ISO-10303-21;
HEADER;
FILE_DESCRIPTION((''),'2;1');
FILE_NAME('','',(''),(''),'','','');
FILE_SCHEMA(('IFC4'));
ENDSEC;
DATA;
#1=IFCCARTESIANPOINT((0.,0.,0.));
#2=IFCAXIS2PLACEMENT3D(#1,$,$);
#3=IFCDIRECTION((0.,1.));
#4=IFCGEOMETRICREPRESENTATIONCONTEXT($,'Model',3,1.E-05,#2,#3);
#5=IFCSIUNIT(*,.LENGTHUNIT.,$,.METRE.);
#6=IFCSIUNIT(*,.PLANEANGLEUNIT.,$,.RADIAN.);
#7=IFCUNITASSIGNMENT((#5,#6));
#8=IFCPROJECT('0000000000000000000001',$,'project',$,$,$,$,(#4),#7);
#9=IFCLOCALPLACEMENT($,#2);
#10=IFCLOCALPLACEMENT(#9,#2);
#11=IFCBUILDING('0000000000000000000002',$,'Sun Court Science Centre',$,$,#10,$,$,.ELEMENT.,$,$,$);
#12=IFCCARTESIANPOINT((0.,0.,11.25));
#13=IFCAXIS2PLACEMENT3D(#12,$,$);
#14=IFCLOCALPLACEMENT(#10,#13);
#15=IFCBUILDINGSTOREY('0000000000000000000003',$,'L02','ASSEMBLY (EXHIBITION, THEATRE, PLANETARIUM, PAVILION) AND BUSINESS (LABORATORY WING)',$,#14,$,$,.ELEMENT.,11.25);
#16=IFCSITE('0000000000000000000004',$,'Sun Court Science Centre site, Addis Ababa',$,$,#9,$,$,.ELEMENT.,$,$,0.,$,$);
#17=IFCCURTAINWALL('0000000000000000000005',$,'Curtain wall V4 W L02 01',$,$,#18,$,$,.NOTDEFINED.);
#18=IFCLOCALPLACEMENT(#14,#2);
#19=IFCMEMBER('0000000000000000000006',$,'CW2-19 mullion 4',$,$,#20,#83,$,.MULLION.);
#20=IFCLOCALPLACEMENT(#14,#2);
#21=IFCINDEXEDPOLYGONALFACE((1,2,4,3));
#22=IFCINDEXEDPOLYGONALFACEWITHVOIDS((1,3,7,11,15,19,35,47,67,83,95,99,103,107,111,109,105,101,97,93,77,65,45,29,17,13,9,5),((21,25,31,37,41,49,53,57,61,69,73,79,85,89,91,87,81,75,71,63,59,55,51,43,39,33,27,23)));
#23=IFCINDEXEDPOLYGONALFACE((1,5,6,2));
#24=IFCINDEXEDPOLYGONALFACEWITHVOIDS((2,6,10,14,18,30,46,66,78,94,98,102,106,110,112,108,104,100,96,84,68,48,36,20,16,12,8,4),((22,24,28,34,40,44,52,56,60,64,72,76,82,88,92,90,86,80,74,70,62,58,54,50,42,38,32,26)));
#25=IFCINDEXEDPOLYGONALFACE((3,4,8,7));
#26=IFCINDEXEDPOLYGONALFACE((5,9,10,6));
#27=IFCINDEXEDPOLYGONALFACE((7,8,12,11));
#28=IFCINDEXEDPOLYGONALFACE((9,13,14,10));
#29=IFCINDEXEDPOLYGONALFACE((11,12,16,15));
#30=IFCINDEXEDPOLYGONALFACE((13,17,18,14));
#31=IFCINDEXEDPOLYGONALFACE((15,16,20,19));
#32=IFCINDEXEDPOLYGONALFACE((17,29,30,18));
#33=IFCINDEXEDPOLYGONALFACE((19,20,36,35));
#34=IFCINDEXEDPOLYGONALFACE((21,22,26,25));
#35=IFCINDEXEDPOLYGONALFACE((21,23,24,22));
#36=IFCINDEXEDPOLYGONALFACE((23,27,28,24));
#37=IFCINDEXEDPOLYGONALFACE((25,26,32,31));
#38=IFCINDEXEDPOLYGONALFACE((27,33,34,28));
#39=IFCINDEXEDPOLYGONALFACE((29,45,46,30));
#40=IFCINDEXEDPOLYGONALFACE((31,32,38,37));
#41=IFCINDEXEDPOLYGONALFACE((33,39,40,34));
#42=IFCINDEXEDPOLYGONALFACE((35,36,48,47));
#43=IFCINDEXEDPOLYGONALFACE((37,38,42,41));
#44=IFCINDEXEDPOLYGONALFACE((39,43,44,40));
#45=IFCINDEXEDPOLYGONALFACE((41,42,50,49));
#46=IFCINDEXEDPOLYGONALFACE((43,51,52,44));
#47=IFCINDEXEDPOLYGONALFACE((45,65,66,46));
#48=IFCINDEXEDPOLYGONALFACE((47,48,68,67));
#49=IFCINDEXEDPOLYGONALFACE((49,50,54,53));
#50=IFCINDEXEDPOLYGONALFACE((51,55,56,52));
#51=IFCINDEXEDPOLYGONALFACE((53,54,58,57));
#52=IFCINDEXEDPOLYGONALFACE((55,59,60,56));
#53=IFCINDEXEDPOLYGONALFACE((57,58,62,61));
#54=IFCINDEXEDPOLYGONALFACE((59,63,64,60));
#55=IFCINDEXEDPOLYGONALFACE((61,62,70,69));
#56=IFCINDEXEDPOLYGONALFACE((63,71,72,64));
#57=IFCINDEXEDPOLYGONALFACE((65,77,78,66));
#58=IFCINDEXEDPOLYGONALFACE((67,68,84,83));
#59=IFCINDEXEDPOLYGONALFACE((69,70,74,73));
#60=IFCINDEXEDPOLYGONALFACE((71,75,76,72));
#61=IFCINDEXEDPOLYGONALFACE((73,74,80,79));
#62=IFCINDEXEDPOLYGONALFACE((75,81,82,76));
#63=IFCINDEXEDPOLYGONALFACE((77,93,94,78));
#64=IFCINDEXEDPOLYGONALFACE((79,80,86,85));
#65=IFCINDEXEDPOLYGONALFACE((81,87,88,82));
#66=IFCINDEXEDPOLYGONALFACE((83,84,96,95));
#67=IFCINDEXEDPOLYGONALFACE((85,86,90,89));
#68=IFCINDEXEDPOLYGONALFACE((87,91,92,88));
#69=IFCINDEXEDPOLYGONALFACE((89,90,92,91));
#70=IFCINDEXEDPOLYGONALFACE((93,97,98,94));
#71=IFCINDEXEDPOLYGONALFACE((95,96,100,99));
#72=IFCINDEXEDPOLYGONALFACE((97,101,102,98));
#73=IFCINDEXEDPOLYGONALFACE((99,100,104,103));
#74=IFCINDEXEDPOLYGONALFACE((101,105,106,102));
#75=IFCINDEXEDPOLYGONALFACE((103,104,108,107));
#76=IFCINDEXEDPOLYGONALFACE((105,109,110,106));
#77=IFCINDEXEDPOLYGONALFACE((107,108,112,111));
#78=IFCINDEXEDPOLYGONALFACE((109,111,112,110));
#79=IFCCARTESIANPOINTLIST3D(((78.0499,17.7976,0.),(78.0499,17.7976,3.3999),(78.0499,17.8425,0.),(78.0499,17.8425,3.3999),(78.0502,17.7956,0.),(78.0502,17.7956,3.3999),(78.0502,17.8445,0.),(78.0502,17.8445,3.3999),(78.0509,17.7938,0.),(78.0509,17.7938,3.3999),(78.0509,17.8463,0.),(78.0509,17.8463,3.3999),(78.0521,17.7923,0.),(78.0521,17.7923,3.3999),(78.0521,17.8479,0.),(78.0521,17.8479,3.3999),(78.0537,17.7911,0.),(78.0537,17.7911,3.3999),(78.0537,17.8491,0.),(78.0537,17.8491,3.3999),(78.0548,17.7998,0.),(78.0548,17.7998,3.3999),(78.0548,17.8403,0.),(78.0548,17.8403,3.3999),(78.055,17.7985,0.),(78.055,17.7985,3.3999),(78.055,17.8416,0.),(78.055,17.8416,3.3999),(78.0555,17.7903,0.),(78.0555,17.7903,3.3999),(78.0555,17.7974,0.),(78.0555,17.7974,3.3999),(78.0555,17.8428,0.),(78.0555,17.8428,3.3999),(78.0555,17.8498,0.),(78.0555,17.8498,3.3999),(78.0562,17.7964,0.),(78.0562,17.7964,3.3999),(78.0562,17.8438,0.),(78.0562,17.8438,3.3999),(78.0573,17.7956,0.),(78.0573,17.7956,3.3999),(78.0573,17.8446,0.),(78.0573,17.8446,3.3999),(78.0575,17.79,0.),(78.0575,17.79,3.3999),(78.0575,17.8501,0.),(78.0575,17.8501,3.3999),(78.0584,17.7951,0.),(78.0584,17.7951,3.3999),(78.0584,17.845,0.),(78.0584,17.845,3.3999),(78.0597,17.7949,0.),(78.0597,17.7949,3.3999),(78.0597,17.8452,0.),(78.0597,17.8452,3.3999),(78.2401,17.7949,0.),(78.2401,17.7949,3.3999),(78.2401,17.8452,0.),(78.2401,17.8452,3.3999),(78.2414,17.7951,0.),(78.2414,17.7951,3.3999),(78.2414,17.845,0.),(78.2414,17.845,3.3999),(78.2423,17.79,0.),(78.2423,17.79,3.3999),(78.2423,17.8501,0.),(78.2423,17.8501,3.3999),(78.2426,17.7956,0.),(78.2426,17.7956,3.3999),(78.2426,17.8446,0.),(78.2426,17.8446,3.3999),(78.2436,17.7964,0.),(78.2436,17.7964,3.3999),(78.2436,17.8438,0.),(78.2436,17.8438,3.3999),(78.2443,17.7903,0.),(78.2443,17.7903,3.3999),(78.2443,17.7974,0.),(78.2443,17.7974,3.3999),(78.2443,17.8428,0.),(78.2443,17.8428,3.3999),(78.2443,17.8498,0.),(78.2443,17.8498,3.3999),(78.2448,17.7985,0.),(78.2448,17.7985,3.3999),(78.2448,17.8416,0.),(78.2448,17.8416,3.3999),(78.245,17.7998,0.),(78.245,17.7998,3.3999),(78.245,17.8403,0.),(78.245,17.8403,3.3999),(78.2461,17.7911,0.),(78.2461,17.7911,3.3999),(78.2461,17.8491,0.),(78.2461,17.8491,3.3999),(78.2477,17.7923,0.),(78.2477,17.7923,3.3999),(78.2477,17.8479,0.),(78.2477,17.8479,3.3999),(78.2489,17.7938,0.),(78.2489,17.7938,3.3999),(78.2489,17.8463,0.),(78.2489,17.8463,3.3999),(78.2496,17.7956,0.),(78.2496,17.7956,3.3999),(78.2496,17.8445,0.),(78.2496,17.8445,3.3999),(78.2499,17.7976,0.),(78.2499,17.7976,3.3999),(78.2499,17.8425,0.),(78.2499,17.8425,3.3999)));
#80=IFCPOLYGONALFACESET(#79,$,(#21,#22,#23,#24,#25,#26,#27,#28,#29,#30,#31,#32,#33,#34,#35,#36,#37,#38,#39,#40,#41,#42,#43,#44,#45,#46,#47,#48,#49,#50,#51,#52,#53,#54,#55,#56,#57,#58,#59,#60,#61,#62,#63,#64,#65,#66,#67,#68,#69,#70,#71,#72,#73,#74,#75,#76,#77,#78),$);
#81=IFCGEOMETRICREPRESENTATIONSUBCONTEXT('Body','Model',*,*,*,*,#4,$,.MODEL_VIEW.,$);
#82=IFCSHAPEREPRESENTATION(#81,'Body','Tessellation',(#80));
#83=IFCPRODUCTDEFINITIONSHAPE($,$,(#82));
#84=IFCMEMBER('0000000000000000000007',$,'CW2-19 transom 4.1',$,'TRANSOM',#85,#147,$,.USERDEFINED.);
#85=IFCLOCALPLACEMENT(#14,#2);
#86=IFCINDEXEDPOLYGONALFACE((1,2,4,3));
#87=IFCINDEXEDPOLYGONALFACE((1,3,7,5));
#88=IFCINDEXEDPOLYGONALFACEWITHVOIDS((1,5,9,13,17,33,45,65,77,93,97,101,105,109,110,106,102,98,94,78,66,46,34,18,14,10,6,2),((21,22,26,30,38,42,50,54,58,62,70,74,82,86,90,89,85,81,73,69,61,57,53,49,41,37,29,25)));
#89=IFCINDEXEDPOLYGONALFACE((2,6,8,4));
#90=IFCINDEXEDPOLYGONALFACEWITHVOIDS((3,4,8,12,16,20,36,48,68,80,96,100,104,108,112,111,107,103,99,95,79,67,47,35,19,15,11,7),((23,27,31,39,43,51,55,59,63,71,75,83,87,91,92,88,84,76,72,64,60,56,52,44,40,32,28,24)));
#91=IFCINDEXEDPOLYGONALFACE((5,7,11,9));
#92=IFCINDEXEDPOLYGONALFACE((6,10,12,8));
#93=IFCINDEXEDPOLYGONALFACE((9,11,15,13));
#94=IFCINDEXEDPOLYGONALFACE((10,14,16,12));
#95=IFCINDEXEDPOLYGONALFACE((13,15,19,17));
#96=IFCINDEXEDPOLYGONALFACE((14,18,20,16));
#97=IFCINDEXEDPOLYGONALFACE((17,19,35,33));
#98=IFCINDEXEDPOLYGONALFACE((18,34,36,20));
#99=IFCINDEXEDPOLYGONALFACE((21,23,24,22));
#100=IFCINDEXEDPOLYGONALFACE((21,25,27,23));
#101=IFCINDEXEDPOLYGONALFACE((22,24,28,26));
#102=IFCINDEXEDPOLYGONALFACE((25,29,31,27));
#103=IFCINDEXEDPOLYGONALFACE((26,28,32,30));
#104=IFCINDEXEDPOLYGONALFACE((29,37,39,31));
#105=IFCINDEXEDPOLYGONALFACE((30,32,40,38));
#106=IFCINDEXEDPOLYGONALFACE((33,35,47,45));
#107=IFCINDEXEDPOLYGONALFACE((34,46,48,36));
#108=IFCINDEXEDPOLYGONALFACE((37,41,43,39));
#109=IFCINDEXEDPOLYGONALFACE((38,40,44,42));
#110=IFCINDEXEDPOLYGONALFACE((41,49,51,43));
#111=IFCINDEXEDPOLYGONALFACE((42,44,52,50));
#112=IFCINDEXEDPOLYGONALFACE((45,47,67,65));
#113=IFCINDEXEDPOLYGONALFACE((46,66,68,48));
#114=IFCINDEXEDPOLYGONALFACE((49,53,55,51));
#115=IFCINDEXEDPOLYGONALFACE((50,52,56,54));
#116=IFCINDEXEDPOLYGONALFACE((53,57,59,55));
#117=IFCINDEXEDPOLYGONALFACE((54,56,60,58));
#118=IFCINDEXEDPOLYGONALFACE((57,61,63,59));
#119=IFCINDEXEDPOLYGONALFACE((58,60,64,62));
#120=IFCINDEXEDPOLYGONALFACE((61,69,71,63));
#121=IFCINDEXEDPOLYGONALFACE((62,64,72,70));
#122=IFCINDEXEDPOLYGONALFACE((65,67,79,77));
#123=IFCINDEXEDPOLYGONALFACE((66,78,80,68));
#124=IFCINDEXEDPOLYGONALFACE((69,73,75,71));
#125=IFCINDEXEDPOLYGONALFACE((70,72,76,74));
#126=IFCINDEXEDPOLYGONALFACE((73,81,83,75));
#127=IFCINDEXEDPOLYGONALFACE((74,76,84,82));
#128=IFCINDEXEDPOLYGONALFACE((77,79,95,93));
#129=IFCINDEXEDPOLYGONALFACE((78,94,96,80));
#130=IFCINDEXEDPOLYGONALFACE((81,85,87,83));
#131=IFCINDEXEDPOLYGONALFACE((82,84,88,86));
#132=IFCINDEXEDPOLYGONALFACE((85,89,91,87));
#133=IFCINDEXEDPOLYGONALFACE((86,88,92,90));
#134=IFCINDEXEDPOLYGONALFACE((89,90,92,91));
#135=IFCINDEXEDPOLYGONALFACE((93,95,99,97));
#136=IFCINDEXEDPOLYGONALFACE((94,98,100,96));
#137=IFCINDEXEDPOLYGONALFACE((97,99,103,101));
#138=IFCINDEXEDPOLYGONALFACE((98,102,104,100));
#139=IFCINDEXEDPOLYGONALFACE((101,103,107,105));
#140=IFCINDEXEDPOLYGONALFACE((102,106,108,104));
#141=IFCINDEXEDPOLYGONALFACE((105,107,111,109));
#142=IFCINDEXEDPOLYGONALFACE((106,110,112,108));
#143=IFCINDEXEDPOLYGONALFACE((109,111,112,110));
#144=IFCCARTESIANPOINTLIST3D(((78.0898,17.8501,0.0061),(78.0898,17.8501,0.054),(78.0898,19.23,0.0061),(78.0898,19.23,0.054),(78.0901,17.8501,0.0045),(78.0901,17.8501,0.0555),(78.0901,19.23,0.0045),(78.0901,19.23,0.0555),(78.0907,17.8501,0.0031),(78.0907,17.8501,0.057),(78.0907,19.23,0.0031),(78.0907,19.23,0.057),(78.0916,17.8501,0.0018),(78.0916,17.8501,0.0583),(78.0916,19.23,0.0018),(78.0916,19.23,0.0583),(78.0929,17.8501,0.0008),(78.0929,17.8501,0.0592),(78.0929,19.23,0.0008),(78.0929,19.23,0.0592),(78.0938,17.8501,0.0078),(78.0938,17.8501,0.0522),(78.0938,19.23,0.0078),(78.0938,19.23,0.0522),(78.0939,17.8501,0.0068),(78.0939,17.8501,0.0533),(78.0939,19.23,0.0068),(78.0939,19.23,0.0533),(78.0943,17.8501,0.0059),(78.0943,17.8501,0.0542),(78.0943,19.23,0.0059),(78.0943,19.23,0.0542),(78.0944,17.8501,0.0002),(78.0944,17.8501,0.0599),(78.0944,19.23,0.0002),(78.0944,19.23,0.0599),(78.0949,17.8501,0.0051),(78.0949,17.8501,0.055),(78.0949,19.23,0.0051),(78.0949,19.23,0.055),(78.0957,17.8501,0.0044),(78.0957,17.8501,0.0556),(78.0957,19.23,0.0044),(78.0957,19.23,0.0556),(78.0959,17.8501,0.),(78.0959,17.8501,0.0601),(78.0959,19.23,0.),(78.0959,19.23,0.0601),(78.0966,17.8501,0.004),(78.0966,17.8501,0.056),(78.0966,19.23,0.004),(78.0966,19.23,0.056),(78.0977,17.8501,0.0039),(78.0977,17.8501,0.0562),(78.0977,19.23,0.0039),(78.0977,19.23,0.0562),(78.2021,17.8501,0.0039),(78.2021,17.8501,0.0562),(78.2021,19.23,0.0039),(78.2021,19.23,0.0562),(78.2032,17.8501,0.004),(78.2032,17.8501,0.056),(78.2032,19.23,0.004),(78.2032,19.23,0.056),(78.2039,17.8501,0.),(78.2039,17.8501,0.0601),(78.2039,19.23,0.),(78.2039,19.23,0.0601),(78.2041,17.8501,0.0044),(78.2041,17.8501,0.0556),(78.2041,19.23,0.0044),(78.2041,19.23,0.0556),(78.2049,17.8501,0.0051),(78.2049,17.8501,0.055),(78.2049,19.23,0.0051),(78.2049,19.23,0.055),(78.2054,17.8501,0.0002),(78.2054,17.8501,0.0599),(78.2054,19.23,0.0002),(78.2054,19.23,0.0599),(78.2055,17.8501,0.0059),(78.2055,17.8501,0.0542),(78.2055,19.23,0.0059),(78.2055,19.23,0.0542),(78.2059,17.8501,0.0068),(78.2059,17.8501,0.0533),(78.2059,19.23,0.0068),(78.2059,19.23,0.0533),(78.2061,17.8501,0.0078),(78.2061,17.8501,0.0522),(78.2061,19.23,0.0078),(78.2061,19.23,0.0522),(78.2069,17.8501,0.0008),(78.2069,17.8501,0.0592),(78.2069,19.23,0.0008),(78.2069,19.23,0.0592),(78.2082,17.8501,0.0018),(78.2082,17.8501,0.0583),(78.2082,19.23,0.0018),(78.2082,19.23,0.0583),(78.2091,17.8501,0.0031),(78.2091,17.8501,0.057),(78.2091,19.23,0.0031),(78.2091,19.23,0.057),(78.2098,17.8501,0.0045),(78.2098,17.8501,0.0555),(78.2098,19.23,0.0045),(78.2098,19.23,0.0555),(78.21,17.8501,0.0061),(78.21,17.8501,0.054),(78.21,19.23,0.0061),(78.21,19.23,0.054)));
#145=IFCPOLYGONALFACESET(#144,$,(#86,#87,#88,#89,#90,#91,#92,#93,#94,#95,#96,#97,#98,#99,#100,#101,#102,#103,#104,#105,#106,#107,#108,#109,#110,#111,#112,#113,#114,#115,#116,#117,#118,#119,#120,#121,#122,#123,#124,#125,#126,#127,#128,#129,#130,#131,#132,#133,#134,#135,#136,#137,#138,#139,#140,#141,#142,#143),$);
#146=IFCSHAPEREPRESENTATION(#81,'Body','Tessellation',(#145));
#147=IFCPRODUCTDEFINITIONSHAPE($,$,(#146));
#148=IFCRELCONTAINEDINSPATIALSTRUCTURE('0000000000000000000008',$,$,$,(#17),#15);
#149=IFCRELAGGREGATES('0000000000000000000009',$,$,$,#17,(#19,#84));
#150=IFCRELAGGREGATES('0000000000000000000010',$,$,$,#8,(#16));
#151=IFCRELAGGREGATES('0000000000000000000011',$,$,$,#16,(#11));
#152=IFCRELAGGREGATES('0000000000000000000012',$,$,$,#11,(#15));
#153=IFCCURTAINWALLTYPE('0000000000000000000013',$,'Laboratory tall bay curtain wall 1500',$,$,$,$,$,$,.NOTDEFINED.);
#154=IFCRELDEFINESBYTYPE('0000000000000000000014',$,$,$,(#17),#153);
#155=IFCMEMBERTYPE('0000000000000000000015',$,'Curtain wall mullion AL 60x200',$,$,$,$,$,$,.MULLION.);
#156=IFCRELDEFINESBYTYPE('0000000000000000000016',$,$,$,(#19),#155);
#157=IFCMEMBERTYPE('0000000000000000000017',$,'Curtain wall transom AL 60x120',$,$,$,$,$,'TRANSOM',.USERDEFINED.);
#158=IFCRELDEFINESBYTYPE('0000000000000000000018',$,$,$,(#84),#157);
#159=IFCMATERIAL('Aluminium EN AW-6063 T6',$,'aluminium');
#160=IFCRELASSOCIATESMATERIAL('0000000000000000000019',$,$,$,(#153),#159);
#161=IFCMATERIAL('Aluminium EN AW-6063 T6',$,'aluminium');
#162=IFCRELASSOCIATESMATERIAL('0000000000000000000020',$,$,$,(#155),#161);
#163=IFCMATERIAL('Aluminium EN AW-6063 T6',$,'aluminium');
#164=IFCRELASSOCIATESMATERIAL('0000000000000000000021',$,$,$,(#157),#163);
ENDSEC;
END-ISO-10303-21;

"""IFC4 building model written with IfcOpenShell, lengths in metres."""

from ifc_helpers import new_model, si_unit, direction, frame, origin, origin_2d, place, context, subcontext, project, spatial, hollow_rectangle, extrude, material, material_profile, profile_set, type_object, element, aggregate, save


model = new_model("IFC4")

# Units and contexts
model_context = context("Model", 3, precision=1e-05, world=origin(), true_north=direction((0.0, 1.0)))
body_context = subcontext(model_context, "Body", "Model", "MODEL_VIEW")
ifc_project = project(units=[si_unit("LENGTHUNIT", "METRE"), si_unit("PLANEANGLEUNIT", "RADIAN")], contexts=[model_context])

# Site, building, storey
site_placement = place(None, origin())
site = spatial("IfcSite", under=ifc_project, at=site_placement, Name="Sun Court Science Centre site, Addis Ababa", CompositionType="ELEMENT", RefElevation=0.0)
building_placement = place(site_placement, origin())
building = spatial("IfcBuilding", under=site, at=building_placement, Name="Sun Court Science Centre", CompositionType="ELEMENT")
storey_placement = place(building_placement, frame((0.0, 0.0, 11.25)))
storey = spatial("IfcBuildingStorey", under=building, at=storey_placement, Name="L02", Description="ASSEMBLY (EXHIBITION, THEATRE, PLANETARIUM, PAVILION) AND BUSINESS (LABORATORY WING)", CompositionType="ELEMENT", Elevation=11.25)

# Curtain wall, members
ifc_material_1 = material(Name="Aluminium EN AW-6063 T6", Category="aluminium")
curtain_wall_type = type_object("IfcCurtainWallType", Name="Laboratory tall bay curtain wall 1500", PredefinedType="NOTDEFINED", material=ifc_material_1)
curtain_wall_placement = place(storey_placement, origin())
curtain_wall = element("IfcCurtainWall", 1, at=curtain_wall_placement, inside=storey, type_object=curtain_wall_type, Name="Curtain wall V4 W L02 01", PredefinedType="NOTDEFINED")
ifc_material_2 = material(Name="Aluminium EN AW-6063 T6", Category="aluminium")
ifc_material_profile_1 = material_profile(ifc_material_2, hollow_rectangle(XDim=0.0601, YDim=0.2, WallThickness=0.0049, InnerFilletRadius=0.0049, OuterFilletRadius=0.0076, at=origin_2d()), Name="AL 60x200x5")
ifc_profile_set_1 = profile_set([ifc_material_profile_1], Name="Aluminium EN AW-6063 T6")
member_type_1 = type_object("IfcMemberType", Name="Curtain wall mullion AL 60x200", PredefinedType="MULLION", material=ifc_profile_set_1)
member_1_placement = place(storey_placement, frame((78.1499, 17.8201, 0.0), z_axis=(0.0, 0.0, 1.0), x_axis=(0.0, 1.0, 0.0)))
member_1 = element("IfcMember", 2, at=member_1_placement, type_object=member_type_1, Name="CW2-19 mullion 4", PredefinedType="MULLION", context=body_context, shape_type="SweptSolid", body=[
    extrude(hollow_rectangle(XDim=0.0601, YDim=0.2, WallThickness=0.0049, InnerFilletRadius=0.0049, OuterFilletRadius=0.0076, at=origin_2d()), origin(), (0.0, 0.0, 1.0), 3.3999),
])
ifc_material_3 = material(Name="Aluminium EN AW-6063 T6", Category="aluminium")
ifc_material_profile_2 = material_profile(ifc_material_3, hollow_rectangle(XDim=0.0601, YDim=0.1201, WallThickness=0.0039, InnerFilletRadius=0.0039, OuterFilletRadius=0.0061, at=origin_2d()), Name="AL 60x120x4")
ifc_profile_set_2 = profile_set([ifc_material_profile_2], Name="Aluminium EN AW-6063 T6")
member_type_2 = type_object("IfcMemberType", Name="Curtain wall transom AL 60x120", ElementType="TRANSOM", PredefinedType="USERDEFINED", material=ifc_profile_set_2)
member_2_placement = place(storey_placement, frame((78.1499, 17.8501, 0.03), z_axis=(0.0, 1.0, 0.0), x_axis=(0.0, 0.0, 1.0)))
member_2 = element("IfcMember", 3, at=member_2_placement, type_object=member_type_2, Name="CW2-19 transom 4.1", ObjectType="TRANSOM", PredefinedType="USERDEFINED", context=body_context, shape_type="SweptSolid", body=[
    extrude(hollow_rectangle(XDim=0.0601, YDim=0.1201, WallThickness=0.0039, InnerFilletRadius=0.0039, OuterFilletRadius=0.0061, at=origin_2d()), origin(), (0.0, 0.0, 1.0), 1.3799),
])

aggregate(curtain_wall, [member_1, member_2])

save(model, "model.ifc")
